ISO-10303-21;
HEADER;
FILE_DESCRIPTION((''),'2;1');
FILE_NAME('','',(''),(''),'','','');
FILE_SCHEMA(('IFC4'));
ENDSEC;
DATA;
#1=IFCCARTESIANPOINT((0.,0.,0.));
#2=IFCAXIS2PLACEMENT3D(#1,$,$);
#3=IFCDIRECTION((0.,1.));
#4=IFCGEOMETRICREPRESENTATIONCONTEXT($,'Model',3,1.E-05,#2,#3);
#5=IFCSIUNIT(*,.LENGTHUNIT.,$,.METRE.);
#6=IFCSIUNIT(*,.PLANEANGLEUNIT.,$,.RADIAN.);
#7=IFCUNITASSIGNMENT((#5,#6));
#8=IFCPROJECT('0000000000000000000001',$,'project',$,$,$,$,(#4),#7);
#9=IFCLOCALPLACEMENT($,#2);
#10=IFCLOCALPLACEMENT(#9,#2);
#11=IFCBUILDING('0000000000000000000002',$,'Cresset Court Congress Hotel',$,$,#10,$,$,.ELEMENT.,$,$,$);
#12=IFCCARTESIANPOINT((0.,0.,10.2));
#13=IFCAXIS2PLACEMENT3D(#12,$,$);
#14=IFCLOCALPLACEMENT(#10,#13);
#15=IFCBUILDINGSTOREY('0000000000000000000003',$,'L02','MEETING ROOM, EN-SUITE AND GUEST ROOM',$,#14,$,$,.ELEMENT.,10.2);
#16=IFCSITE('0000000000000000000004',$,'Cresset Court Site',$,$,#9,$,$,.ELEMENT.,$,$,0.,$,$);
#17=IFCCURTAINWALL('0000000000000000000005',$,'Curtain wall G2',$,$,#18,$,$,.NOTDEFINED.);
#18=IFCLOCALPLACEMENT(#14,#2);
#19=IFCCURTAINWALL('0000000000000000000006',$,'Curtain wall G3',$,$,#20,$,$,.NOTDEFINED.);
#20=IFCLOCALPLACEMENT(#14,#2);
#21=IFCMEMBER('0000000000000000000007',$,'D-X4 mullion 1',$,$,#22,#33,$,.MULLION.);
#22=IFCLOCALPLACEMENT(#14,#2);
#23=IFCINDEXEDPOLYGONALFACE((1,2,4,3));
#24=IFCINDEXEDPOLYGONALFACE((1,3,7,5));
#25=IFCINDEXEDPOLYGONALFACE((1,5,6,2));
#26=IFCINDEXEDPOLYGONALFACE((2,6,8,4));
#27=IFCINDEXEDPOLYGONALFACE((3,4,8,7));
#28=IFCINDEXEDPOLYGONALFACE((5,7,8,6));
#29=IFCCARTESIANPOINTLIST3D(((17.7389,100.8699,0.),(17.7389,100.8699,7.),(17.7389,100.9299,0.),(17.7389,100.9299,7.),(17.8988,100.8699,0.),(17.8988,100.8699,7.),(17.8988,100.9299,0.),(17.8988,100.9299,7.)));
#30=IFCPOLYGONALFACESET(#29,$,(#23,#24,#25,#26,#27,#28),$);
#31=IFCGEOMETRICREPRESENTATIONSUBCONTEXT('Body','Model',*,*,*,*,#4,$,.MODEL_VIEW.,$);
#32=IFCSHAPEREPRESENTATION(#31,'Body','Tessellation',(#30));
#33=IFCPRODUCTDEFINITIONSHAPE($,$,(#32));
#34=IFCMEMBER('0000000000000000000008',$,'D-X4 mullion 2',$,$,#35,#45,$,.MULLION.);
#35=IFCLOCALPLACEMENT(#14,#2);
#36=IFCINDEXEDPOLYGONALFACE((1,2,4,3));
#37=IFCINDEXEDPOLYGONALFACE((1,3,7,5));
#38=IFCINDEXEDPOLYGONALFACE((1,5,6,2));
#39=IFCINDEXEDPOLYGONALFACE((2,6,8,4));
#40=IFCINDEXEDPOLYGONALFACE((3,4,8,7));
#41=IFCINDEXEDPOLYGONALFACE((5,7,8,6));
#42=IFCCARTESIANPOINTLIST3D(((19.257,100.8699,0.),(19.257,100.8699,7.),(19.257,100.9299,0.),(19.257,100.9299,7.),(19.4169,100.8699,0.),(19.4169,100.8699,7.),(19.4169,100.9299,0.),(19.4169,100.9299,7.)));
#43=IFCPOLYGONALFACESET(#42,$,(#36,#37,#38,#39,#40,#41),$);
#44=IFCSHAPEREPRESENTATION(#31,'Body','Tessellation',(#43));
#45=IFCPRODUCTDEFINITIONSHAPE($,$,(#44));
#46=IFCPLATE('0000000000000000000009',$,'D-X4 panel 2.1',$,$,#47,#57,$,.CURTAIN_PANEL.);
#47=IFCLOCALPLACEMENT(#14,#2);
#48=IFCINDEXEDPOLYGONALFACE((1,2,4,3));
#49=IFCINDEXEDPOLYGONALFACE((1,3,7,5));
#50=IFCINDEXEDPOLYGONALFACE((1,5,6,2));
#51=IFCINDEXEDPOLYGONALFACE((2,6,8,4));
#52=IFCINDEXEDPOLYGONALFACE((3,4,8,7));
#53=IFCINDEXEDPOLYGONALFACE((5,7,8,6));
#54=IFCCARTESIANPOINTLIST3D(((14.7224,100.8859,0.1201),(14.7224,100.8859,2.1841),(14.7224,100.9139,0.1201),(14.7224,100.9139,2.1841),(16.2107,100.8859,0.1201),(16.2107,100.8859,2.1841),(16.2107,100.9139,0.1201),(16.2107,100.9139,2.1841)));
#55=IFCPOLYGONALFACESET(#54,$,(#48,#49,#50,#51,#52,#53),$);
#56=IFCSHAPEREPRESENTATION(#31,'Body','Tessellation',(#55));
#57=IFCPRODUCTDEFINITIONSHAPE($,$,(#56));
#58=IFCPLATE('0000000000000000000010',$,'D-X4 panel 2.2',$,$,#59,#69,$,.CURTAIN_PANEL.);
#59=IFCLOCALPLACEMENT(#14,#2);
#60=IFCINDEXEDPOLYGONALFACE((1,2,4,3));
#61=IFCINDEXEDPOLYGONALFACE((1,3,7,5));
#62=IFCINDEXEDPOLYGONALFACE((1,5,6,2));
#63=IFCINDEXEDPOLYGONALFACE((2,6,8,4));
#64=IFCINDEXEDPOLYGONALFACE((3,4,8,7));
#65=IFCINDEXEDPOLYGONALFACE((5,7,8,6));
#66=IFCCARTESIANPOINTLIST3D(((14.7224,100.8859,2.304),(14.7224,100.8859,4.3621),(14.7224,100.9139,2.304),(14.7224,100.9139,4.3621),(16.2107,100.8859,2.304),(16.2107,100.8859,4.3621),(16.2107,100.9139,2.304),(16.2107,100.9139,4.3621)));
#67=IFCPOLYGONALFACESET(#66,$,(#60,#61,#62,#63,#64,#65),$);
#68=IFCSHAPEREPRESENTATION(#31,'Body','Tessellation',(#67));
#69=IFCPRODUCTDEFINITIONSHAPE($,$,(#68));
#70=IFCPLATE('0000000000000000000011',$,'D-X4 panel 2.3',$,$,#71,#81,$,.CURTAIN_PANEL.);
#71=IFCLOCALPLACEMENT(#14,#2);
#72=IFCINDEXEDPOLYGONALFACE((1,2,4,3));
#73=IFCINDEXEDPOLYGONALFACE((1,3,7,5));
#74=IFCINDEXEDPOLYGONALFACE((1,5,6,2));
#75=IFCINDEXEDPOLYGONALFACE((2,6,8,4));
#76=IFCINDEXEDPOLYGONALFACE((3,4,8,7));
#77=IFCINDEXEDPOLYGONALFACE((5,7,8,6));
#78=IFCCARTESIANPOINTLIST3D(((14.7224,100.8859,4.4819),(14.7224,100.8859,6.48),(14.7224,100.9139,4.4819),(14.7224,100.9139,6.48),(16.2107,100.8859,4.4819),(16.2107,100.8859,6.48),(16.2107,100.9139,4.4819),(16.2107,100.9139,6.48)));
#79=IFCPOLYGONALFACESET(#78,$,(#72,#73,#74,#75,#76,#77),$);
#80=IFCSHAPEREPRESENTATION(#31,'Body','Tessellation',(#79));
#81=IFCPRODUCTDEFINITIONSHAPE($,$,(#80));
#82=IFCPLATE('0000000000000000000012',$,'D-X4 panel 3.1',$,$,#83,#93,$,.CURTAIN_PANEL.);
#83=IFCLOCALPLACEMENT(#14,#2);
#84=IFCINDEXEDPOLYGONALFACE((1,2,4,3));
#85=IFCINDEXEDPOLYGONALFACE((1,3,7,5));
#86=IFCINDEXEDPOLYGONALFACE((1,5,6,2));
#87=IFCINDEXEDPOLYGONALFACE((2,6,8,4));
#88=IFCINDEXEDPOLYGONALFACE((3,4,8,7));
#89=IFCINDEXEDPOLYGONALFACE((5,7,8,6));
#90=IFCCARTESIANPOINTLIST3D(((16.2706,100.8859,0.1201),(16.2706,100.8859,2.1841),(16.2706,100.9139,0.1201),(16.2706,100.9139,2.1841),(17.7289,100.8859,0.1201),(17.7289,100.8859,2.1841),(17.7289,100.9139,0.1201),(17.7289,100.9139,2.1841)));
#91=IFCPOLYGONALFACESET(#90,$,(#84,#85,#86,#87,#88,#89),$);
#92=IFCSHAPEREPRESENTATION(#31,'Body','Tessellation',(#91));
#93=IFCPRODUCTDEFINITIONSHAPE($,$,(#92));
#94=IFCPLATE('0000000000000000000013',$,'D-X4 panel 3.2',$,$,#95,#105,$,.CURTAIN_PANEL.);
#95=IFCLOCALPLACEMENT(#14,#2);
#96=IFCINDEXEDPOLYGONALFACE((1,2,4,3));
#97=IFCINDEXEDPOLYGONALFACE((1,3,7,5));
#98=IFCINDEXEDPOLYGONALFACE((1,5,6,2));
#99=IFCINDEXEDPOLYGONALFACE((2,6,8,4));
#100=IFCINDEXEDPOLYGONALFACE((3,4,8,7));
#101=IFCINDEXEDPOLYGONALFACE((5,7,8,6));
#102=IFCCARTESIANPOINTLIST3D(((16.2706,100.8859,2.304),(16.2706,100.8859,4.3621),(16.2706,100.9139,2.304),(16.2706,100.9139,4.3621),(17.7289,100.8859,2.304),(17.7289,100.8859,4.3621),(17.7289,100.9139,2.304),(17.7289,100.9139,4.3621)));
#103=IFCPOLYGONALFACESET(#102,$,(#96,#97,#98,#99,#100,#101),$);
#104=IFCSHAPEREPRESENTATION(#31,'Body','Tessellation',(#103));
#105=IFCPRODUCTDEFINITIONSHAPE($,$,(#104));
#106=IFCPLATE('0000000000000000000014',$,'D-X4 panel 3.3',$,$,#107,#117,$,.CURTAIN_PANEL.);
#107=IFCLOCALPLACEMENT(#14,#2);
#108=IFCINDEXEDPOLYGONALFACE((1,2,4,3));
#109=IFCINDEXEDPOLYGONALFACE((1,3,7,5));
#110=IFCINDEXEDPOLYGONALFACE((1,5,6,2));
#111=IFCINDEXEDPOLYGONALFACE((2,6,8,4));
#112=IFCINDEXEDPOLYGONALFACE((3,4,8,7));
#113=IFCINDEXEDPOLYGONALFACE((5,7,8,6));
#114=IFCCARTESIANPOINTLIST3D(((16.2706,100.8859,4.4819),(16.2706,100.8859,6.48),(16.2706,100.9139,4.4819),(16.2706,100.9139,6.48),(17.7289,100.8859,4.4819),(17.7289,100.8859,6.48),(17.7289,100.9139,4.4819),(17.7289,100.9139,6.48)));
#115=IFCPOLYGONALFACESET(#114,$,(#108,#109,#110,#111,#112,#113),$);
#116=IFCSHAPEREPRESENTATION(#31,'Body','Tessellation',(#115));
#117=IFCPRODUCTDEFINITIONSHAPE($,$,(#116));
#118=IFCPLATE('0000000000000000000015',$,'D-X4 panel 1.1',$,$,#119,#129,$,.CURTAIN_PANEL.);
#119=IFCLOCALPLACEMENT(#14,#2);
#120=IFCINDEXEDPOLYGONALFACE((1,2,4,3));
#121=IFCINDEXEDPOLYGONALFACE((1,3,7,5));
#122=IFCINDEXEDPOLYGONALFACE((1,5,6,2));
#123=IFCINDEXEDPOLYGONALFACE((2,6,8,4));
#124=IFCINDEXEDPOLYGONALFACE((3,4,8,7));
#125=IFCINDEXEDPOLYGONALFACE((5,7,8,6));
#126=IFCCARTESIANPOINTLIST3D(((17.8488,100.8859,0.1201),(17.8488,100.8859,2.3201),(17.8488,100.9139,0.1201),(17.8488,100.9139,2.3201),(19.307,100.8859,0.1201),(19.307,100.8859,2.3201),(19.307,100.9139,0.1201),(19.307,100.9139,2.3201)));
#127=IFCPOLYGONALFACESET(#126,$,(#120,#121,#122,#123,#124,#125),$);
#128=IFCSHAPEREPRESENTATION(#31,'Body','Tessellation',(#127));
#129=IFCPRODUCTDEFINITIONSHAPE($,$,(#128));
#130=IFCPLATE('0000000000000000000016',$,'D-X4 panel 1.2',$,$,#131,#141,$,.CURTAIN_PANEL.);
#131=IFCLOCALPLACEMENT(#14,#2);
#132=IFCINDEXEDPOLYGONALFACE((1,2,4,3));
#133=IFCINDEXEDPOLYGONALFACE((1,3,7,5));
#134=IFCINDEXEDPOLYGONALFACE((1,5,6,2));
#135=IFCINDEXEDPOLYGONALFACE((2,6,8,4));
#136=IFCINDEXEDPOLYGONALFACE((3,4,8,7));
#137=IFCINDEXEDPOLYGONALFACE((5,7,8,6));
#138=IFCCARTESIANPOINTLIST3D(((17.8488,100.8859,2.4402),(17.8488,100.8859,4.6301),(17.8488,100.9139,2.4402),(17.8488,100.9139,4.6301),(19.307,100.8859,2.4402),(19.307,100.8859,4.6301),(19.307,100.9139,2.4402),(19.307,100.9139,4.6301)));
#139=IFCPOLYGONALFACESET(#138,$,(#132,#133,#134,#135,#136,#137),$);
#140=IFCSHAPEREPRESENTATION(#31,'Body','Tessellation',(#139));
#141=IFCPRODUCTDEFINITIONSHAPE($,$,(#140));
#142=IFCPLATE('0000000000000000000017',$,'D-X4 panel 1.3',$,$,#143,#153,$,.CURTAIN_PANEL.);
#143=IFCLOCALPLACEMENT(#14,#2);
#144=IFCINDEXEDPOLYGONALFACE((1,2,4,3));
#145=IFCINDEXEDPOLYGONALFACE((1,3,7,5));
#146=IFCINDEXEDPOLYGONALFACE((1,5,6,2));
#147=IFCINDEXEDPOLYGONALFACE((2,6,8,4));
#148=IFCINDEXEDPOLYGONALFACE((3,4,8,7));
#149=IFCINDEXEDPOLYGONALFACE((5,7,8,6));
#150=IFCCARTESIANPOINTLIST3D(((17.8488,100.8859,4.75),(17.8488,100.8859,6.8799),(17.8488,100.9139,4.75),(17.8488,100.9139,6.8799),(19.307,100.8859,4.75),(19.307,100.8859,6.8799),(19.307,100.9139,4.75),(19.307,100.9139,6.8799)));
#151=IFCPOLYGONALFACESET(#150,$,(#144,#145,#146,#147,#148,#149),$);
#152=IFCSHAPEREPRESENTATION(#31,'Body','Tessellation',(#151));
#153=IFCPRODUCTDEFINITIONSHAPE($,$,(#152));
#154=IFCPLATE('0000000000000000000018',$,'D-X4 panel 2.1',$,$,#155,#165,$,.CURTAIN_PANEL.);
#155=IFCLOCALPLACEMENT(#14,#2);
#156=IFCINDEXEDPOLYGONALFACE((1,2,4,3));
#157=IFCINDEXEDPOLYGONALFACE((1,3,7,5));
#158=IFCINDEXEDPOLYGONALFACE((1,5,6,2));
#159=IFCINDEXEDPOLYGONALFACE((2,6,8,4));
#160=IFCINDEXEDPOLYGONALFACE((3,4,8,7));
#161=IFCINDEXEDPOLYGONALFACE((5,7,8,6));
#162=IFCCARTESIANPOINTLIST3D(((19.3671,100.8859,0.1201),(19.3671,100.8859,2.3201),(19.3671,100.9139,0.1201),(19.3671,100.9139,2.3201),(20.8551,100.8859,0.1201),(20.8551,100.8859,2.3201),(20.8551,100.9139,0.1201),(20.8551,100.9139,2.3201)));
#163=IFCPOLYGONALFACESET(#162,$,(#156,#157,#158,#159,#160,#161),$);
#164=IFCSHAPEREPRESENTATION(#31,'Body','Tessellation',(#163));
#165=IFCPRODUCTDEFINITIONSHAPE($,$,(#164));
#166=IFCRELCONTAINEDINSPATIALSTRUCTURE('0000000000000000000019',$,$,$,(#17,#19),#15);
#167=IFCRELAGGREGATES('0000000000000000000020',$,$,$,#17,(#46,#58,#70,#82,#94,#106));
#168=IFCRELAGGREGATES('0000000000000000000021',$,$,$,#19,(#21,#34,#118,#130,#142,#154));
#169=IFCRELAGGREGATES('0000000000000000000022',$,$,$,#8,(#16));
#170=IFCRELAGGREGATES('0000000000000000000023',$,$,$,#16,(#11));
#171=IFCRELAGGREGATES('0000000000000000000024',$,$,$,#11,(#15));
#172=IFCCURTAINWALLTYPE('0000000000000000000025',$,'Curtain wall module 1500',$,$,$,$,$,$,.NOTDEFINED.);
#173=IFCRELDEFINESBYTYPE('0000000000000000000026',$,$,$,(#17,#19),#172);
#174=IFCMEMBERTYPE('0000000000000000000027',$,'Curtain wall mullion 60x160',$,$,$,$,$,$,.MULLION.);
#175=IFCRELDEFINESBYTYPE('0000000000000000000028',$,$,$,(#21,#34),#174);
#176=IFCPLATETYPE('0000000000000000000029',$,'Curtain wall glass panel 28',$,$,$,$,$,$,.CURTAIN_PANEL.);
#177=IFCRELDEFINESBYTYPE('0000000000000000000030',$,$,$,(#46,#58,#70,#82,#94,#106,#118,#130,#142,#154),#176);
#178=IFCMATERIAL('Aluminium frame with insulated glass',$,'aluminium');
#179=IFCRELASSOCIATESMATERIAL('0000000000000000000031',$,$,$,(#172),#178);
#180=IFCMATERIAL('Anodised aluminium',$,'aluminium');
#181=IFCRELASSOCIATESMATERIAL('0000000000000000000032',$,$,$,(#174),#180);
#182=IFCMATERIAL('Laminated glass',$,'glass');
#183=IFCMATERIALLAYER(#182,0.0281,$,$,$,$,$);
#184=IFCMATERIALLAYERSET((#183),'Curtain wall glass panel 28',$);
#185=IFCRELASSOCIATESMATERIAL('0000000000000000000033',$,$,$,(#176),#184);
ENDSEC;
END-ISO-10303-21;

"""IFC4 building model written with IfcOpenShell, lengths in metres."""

from ifc_helpers import new_model, si_unit, direction, frame, origin, origin_2d, place, context, subcontext, project, spatial, rectangle, extrude, material, layer, layer_set, material_profile, profile_set, type_object, element, aggregate, save


model = new_model("IFC4")

# Units and contexts
model_context = context("Model", 3, precision=1e-05, world=origin(), true_north=direction((0.0, 1.0)))
body_context = subcontext(model_context, "Body", "Model", "MODEL_VIEW")
ifc_project = project(units=[si_unit("LENGTHUNIT", "METRE"), si_unit("PLANEANGLEUNIT", "RADIAN")], contexts=[model_context])

# Site, building, storey
site_placement = place(None, origin())
site = spatial("IfcSite", under=ifc_project, at=site_placement, Name="Cresset Court Site", CompositionType="ELEMENT", RefElevation=0.0)
building_placement = place(site_placement, origin())
building = spatial("IfcBuilding", under=site, at=building_placement, Name="Cresset Court Congress Hotel", CompositionType="ELEMENT")
storey_placement = place(building_placement, frame((0.0, 0.0, 10.2)))
storey = spatial("IfcBuildingStorey", under=building, at=storey_placement, Name="L02", Description="MEETING ROOM, EN-SUITE AND GUEST ROOM", CompositionType="ELEMENT", Elevation=10.2)

# Curtain walls
ifc_material_1 = material(Name="Aluminium frame with insulated glass", Category="aluminium")
curtain_wall_type = type_object("IfcCurtainWallType", Name="Curtain wall module 1500", PredefinedType="NOTDEFINED", material=ifc_material_1)
curtain_wall_1_placement = place(storey_placement, origin())
curtain_wall_1 = element("IfcCurtainWall", 1, at=curtain_wall_1_placement, inside=storey, type_object=curtain_wall_type, Name="Curtain wall G2", PredefinedType="NOTDEFINED")
curtain_wall_2_placement = place(storey_placement, origin())
curtain_wall_2 = element("IfcCurtainWall", 2, at=curtain_wall_2_placement, inside=storey, type_object=curtain_wall_type, Name="Curtain wall G3", PredefinedType="NOTDEFINED")

# Members
ifc_material_2 = material(Name="Anodised aluminium", Category="aluminium")
ifc_material_profile_1 = material_profile(ifc_material_2, rectangle(XDim=0.0601, YDim=0.1599, at=origin_2d()), Name="AL60x160")
ifc_profile_set_1 = profile_set([ifc_material_profile_1], Name="Anodised aluminium")
member_type_1 = type_object("IfcMemberType", Name="Curtain wall mullion 60x160", PredefinedType="MULLION", material=ifc_profile_set_1)
member_1_placement = place(storey_placement, frame((17.8188, 100.8999, 0.0), z_axis=(0.0, 0.0, 1.0), x_axis=(0.0, 1.0, 0.0)))
member_1 = element("IfcMember", 3, at=member_1_placement, type_object=member_type_1, Name="D-X4 mullion 1", PredefinedType="MULLION", context=body_context, shape_type="SweptSolid", body=[
    extrude(rectangle(XDim=0.0601, YDim=0.1599, at=origin_2d()), origin(), (0.0, 0.0, 1.0), 7.0),
])
member_2_placement = place(storey_placement, frame((19.3369, 100.8999, 0.0), z_axis=(0.0, 0.0, 1.0), x_axis=(0.0, 1.0, 0.0)))
member_2 = element("IfcMember", 4, at=member_2_placement, type_object=member_type_1, Name="D-X4 mullion 2", PredefinedType="MULLION", context=body_context, shape_type="SweptSolid", body=[
    extrude(rectangle(XDim=0.0601, YDim=0.1599, at=origin_2d()), origin(), (0.0, 0.0, 1.0), 7.0),
])

# Plates
ifc_material_3 = material(Name="Laminated glass", Category="glass")
ifc_layer = layer(ifc_material_3, 0.0281)
ifc_layer_set = layer_set([ifc_layer], Name="Curtain wall glass panel 28")
plate_type = type_object("IfcPlateType", Name="Curtain wall glass panel 28", PredefinedType="CURTAIN_PANEL", material=ifc_layer_set)
plate_1_placement = place(storey_placement, frame((15.4666, 100.8999, 0.1201), z_axis=(0.0, 0.0, 1.0), x_axis=(1.0, 0.0, 0.0)))
plate_1 = element("IfcPlate", 5, at=plate_1_placement, type_object=plate_type, Name="D-X4 panel 2.1", PredefinedType="CURTAIN_PANEL", context=body_context, shape_type="SweptSolid", body=[
    extrude(rectangle(XDim=1.4883, YDim=0.0281, at=origin_2d()), origin(), (0.0, 0.0, 1.0), 2.064),
])
plate_2_placement = place(storey_placement, frame((15.4666, 100.8999, 2.304), z_axis=(0.0, 0.0, 1.0), x_axis=(1.0, 0.0, 0.0)))
plate_2 = element("IfcPlate", 6, at=plate_2_placement, type_object=plate_type, Name="D-X4 panel 2.2", PredefinedType="CURTAIN_PANEL", context=body_context, shape_type="SweptSolid", body=[
    extrude(rectangle(XDim=1.4883, YDim=0.0281, at=origin_2d()), origin(), (0.0, 0.0, 1.0), 2.0581),
])
plate_3_placement = place(storey_placement, frame((15.4666, 100.8999, 4.4819), z_axis=(0.0, 0.0, 1.0), x_axis=(1.0, 0.0, 0.0)))
plate_3 = element("IfcPlate", 7, at=plate_3_placement, type_object=plate_type, Name="D-X4 panel 2.3", PredefinedType="CURTAIN_PANEL", context=body_context, shape_type="SweptSolid", body=[
    extrude(rectangle(XDim=1.4883, YDim=0.0281, at=origin_2d()), origin(), (0.0, 0.0, 1.0), 1.998),
])
plate_4_placement = place(storey_placement, frame((16.9998, 100.8999, 0.1201), z_axis=(0.0, 0.0, 1.0), x_axis=(1.0, 0.0, 0.0)))
plate_4 = element("IfcPlate", 8, at=plate_4_placement, type_object=plate_type, Name="D-X4 panel 3.1", PredefinedType="CURTAIN_PANEL", context=body_context, shape_type="SweptSolid", body=[
    extrude(rectangle(XDim=1.4583, YDim=0.0281, at=origin_2d()), origin(), (0.0, 0.0, 1.0), 2.064),
])
plate_5_placement = place(storey_placement, frame((16.9998, 100.8999, 2.304), z_axis=(0.0, 0.0, 1.0), x_axis=(1.0, 0.0, 0.0)))
plate_5 = element("IfcPlate", 9, at=plate_5_placement, type_object=plate_type, Name="D-X4 panel 3.2", PredefinedType="CURTAIN_PANEL", context=body_context, shape_type="SweptSolid", body=[
    extrude(rectangle(XDim=1.4583, YDim=0.0281, at=origin_2d()), origin(), (0.0, 0.0, 1.0), 2.0581),
])
plate_6_placement = place(storey_placement, frame((16.9998, 100.8999, 4.4819), z_axis=(0.0, 0.0, 1.0), x_axis=(1.0, 0.0, 0.0)))
plate_6 = element("IfcPlate", 10, at=plate_6_placement, type_object=plate_type, Name="D-X4 panel 3.3", PredefinedType="CURTAIN_PANEL", context=body_context, shape_type="SweptSolid", body=[
    extrude(rectangle(XDim=1.4583, YDim=0.0281, at=origin_2d()), origin(), (0.0, 0.0, 1.0), 1.998),
])
aggregate(curtain_wall_1, [plate_1, plate_2, plate_3, plate_4, plate_5, plate_6])
plate_7_placement = place(storey_placement, frame((18.5779, 100.8999, 0.1201), z_axis=(0.0, 0.0, 1.0), x_axis=(1.0, 0.0, 0.0)))
plate_7 = element("IfcPlate", 11, at=plate_7_placement, type_object=plate_type, Name="D-X4 panel 1.1", PredefinedType="CURTAIN_PANEL", context=body_context, shape_type="SweptSolid", body=[
    extrude(rectangle(XDim=1.4583, YDim=0.0281, at=origin_2d()), origin(), (0.0, 0.0, 1.0), 2.2),
])
plate_8_placement = place(storey_placement, frame((18.5779, 100.8999, 2.4402), z_axis=(0.0, 0.0, 1.0), x_axis=(1.0, 0.0, 0.0)))
plate_8 = element("IfcPlate", 12, at=plate_8_placement, type_object=plate_type, Name="D-X4 panel 1.2", PredefinedType="CURTAIN_PANEL", context=body_context, shape_type="SweptSolid", body=[
    extrude(rectangle(XDim=1.4583, YDim=0.0281, at=origin_2d()), origin(), (0.0, 0.0, 1.0), 2.1899),
])
plate_9_placement = place(storey_placement, frame((18.5779, 100.8999, 4.75), z_axis=(0.0, 0.0, 1.0), x_axis=(1.0, 0.0, 0.0)))
plate_9 = element("IfcPlate", 13, at=plate_9_placement, type_object=plate_type, Name="D-X4 panel 1.3", PredefinedType="CURTAIN_PANEL", context=body_context, shape_type="SweptSolid", body=[
    extrude(rectangle(XDim=1.4583, YDim=0.0281, at=origin_2d()), origin(), (0.0, 0.0, 1.0), 2.1299),
])
plate_10_placement = place(storey_placement, frame((20.1111, 100.8999, 0.1201), z_axis=(0.0, 0.0, 1.0), x_axis=(1.0, 0.0, 0.0)))
plate_10 = element("IfcPlate", 14, at=plate_10_placement, type_object=plate_type, Name="D-X4 panel 2.1", PredefinedType="CURTAIN_PANEL", context=body_context, shape_type="SweptSolid", body=[
    extrude(rectangle(XDim=1.488, YDim=0.0281, at=origin_2d()), origin(), (0.0, 0.0, 1.0), 2.2),
])
aggregate(curtain_wall_2, [member_1, member_2, plate_7, plate_8, plate_9, plate_10])

save(model, "model.ifc")
